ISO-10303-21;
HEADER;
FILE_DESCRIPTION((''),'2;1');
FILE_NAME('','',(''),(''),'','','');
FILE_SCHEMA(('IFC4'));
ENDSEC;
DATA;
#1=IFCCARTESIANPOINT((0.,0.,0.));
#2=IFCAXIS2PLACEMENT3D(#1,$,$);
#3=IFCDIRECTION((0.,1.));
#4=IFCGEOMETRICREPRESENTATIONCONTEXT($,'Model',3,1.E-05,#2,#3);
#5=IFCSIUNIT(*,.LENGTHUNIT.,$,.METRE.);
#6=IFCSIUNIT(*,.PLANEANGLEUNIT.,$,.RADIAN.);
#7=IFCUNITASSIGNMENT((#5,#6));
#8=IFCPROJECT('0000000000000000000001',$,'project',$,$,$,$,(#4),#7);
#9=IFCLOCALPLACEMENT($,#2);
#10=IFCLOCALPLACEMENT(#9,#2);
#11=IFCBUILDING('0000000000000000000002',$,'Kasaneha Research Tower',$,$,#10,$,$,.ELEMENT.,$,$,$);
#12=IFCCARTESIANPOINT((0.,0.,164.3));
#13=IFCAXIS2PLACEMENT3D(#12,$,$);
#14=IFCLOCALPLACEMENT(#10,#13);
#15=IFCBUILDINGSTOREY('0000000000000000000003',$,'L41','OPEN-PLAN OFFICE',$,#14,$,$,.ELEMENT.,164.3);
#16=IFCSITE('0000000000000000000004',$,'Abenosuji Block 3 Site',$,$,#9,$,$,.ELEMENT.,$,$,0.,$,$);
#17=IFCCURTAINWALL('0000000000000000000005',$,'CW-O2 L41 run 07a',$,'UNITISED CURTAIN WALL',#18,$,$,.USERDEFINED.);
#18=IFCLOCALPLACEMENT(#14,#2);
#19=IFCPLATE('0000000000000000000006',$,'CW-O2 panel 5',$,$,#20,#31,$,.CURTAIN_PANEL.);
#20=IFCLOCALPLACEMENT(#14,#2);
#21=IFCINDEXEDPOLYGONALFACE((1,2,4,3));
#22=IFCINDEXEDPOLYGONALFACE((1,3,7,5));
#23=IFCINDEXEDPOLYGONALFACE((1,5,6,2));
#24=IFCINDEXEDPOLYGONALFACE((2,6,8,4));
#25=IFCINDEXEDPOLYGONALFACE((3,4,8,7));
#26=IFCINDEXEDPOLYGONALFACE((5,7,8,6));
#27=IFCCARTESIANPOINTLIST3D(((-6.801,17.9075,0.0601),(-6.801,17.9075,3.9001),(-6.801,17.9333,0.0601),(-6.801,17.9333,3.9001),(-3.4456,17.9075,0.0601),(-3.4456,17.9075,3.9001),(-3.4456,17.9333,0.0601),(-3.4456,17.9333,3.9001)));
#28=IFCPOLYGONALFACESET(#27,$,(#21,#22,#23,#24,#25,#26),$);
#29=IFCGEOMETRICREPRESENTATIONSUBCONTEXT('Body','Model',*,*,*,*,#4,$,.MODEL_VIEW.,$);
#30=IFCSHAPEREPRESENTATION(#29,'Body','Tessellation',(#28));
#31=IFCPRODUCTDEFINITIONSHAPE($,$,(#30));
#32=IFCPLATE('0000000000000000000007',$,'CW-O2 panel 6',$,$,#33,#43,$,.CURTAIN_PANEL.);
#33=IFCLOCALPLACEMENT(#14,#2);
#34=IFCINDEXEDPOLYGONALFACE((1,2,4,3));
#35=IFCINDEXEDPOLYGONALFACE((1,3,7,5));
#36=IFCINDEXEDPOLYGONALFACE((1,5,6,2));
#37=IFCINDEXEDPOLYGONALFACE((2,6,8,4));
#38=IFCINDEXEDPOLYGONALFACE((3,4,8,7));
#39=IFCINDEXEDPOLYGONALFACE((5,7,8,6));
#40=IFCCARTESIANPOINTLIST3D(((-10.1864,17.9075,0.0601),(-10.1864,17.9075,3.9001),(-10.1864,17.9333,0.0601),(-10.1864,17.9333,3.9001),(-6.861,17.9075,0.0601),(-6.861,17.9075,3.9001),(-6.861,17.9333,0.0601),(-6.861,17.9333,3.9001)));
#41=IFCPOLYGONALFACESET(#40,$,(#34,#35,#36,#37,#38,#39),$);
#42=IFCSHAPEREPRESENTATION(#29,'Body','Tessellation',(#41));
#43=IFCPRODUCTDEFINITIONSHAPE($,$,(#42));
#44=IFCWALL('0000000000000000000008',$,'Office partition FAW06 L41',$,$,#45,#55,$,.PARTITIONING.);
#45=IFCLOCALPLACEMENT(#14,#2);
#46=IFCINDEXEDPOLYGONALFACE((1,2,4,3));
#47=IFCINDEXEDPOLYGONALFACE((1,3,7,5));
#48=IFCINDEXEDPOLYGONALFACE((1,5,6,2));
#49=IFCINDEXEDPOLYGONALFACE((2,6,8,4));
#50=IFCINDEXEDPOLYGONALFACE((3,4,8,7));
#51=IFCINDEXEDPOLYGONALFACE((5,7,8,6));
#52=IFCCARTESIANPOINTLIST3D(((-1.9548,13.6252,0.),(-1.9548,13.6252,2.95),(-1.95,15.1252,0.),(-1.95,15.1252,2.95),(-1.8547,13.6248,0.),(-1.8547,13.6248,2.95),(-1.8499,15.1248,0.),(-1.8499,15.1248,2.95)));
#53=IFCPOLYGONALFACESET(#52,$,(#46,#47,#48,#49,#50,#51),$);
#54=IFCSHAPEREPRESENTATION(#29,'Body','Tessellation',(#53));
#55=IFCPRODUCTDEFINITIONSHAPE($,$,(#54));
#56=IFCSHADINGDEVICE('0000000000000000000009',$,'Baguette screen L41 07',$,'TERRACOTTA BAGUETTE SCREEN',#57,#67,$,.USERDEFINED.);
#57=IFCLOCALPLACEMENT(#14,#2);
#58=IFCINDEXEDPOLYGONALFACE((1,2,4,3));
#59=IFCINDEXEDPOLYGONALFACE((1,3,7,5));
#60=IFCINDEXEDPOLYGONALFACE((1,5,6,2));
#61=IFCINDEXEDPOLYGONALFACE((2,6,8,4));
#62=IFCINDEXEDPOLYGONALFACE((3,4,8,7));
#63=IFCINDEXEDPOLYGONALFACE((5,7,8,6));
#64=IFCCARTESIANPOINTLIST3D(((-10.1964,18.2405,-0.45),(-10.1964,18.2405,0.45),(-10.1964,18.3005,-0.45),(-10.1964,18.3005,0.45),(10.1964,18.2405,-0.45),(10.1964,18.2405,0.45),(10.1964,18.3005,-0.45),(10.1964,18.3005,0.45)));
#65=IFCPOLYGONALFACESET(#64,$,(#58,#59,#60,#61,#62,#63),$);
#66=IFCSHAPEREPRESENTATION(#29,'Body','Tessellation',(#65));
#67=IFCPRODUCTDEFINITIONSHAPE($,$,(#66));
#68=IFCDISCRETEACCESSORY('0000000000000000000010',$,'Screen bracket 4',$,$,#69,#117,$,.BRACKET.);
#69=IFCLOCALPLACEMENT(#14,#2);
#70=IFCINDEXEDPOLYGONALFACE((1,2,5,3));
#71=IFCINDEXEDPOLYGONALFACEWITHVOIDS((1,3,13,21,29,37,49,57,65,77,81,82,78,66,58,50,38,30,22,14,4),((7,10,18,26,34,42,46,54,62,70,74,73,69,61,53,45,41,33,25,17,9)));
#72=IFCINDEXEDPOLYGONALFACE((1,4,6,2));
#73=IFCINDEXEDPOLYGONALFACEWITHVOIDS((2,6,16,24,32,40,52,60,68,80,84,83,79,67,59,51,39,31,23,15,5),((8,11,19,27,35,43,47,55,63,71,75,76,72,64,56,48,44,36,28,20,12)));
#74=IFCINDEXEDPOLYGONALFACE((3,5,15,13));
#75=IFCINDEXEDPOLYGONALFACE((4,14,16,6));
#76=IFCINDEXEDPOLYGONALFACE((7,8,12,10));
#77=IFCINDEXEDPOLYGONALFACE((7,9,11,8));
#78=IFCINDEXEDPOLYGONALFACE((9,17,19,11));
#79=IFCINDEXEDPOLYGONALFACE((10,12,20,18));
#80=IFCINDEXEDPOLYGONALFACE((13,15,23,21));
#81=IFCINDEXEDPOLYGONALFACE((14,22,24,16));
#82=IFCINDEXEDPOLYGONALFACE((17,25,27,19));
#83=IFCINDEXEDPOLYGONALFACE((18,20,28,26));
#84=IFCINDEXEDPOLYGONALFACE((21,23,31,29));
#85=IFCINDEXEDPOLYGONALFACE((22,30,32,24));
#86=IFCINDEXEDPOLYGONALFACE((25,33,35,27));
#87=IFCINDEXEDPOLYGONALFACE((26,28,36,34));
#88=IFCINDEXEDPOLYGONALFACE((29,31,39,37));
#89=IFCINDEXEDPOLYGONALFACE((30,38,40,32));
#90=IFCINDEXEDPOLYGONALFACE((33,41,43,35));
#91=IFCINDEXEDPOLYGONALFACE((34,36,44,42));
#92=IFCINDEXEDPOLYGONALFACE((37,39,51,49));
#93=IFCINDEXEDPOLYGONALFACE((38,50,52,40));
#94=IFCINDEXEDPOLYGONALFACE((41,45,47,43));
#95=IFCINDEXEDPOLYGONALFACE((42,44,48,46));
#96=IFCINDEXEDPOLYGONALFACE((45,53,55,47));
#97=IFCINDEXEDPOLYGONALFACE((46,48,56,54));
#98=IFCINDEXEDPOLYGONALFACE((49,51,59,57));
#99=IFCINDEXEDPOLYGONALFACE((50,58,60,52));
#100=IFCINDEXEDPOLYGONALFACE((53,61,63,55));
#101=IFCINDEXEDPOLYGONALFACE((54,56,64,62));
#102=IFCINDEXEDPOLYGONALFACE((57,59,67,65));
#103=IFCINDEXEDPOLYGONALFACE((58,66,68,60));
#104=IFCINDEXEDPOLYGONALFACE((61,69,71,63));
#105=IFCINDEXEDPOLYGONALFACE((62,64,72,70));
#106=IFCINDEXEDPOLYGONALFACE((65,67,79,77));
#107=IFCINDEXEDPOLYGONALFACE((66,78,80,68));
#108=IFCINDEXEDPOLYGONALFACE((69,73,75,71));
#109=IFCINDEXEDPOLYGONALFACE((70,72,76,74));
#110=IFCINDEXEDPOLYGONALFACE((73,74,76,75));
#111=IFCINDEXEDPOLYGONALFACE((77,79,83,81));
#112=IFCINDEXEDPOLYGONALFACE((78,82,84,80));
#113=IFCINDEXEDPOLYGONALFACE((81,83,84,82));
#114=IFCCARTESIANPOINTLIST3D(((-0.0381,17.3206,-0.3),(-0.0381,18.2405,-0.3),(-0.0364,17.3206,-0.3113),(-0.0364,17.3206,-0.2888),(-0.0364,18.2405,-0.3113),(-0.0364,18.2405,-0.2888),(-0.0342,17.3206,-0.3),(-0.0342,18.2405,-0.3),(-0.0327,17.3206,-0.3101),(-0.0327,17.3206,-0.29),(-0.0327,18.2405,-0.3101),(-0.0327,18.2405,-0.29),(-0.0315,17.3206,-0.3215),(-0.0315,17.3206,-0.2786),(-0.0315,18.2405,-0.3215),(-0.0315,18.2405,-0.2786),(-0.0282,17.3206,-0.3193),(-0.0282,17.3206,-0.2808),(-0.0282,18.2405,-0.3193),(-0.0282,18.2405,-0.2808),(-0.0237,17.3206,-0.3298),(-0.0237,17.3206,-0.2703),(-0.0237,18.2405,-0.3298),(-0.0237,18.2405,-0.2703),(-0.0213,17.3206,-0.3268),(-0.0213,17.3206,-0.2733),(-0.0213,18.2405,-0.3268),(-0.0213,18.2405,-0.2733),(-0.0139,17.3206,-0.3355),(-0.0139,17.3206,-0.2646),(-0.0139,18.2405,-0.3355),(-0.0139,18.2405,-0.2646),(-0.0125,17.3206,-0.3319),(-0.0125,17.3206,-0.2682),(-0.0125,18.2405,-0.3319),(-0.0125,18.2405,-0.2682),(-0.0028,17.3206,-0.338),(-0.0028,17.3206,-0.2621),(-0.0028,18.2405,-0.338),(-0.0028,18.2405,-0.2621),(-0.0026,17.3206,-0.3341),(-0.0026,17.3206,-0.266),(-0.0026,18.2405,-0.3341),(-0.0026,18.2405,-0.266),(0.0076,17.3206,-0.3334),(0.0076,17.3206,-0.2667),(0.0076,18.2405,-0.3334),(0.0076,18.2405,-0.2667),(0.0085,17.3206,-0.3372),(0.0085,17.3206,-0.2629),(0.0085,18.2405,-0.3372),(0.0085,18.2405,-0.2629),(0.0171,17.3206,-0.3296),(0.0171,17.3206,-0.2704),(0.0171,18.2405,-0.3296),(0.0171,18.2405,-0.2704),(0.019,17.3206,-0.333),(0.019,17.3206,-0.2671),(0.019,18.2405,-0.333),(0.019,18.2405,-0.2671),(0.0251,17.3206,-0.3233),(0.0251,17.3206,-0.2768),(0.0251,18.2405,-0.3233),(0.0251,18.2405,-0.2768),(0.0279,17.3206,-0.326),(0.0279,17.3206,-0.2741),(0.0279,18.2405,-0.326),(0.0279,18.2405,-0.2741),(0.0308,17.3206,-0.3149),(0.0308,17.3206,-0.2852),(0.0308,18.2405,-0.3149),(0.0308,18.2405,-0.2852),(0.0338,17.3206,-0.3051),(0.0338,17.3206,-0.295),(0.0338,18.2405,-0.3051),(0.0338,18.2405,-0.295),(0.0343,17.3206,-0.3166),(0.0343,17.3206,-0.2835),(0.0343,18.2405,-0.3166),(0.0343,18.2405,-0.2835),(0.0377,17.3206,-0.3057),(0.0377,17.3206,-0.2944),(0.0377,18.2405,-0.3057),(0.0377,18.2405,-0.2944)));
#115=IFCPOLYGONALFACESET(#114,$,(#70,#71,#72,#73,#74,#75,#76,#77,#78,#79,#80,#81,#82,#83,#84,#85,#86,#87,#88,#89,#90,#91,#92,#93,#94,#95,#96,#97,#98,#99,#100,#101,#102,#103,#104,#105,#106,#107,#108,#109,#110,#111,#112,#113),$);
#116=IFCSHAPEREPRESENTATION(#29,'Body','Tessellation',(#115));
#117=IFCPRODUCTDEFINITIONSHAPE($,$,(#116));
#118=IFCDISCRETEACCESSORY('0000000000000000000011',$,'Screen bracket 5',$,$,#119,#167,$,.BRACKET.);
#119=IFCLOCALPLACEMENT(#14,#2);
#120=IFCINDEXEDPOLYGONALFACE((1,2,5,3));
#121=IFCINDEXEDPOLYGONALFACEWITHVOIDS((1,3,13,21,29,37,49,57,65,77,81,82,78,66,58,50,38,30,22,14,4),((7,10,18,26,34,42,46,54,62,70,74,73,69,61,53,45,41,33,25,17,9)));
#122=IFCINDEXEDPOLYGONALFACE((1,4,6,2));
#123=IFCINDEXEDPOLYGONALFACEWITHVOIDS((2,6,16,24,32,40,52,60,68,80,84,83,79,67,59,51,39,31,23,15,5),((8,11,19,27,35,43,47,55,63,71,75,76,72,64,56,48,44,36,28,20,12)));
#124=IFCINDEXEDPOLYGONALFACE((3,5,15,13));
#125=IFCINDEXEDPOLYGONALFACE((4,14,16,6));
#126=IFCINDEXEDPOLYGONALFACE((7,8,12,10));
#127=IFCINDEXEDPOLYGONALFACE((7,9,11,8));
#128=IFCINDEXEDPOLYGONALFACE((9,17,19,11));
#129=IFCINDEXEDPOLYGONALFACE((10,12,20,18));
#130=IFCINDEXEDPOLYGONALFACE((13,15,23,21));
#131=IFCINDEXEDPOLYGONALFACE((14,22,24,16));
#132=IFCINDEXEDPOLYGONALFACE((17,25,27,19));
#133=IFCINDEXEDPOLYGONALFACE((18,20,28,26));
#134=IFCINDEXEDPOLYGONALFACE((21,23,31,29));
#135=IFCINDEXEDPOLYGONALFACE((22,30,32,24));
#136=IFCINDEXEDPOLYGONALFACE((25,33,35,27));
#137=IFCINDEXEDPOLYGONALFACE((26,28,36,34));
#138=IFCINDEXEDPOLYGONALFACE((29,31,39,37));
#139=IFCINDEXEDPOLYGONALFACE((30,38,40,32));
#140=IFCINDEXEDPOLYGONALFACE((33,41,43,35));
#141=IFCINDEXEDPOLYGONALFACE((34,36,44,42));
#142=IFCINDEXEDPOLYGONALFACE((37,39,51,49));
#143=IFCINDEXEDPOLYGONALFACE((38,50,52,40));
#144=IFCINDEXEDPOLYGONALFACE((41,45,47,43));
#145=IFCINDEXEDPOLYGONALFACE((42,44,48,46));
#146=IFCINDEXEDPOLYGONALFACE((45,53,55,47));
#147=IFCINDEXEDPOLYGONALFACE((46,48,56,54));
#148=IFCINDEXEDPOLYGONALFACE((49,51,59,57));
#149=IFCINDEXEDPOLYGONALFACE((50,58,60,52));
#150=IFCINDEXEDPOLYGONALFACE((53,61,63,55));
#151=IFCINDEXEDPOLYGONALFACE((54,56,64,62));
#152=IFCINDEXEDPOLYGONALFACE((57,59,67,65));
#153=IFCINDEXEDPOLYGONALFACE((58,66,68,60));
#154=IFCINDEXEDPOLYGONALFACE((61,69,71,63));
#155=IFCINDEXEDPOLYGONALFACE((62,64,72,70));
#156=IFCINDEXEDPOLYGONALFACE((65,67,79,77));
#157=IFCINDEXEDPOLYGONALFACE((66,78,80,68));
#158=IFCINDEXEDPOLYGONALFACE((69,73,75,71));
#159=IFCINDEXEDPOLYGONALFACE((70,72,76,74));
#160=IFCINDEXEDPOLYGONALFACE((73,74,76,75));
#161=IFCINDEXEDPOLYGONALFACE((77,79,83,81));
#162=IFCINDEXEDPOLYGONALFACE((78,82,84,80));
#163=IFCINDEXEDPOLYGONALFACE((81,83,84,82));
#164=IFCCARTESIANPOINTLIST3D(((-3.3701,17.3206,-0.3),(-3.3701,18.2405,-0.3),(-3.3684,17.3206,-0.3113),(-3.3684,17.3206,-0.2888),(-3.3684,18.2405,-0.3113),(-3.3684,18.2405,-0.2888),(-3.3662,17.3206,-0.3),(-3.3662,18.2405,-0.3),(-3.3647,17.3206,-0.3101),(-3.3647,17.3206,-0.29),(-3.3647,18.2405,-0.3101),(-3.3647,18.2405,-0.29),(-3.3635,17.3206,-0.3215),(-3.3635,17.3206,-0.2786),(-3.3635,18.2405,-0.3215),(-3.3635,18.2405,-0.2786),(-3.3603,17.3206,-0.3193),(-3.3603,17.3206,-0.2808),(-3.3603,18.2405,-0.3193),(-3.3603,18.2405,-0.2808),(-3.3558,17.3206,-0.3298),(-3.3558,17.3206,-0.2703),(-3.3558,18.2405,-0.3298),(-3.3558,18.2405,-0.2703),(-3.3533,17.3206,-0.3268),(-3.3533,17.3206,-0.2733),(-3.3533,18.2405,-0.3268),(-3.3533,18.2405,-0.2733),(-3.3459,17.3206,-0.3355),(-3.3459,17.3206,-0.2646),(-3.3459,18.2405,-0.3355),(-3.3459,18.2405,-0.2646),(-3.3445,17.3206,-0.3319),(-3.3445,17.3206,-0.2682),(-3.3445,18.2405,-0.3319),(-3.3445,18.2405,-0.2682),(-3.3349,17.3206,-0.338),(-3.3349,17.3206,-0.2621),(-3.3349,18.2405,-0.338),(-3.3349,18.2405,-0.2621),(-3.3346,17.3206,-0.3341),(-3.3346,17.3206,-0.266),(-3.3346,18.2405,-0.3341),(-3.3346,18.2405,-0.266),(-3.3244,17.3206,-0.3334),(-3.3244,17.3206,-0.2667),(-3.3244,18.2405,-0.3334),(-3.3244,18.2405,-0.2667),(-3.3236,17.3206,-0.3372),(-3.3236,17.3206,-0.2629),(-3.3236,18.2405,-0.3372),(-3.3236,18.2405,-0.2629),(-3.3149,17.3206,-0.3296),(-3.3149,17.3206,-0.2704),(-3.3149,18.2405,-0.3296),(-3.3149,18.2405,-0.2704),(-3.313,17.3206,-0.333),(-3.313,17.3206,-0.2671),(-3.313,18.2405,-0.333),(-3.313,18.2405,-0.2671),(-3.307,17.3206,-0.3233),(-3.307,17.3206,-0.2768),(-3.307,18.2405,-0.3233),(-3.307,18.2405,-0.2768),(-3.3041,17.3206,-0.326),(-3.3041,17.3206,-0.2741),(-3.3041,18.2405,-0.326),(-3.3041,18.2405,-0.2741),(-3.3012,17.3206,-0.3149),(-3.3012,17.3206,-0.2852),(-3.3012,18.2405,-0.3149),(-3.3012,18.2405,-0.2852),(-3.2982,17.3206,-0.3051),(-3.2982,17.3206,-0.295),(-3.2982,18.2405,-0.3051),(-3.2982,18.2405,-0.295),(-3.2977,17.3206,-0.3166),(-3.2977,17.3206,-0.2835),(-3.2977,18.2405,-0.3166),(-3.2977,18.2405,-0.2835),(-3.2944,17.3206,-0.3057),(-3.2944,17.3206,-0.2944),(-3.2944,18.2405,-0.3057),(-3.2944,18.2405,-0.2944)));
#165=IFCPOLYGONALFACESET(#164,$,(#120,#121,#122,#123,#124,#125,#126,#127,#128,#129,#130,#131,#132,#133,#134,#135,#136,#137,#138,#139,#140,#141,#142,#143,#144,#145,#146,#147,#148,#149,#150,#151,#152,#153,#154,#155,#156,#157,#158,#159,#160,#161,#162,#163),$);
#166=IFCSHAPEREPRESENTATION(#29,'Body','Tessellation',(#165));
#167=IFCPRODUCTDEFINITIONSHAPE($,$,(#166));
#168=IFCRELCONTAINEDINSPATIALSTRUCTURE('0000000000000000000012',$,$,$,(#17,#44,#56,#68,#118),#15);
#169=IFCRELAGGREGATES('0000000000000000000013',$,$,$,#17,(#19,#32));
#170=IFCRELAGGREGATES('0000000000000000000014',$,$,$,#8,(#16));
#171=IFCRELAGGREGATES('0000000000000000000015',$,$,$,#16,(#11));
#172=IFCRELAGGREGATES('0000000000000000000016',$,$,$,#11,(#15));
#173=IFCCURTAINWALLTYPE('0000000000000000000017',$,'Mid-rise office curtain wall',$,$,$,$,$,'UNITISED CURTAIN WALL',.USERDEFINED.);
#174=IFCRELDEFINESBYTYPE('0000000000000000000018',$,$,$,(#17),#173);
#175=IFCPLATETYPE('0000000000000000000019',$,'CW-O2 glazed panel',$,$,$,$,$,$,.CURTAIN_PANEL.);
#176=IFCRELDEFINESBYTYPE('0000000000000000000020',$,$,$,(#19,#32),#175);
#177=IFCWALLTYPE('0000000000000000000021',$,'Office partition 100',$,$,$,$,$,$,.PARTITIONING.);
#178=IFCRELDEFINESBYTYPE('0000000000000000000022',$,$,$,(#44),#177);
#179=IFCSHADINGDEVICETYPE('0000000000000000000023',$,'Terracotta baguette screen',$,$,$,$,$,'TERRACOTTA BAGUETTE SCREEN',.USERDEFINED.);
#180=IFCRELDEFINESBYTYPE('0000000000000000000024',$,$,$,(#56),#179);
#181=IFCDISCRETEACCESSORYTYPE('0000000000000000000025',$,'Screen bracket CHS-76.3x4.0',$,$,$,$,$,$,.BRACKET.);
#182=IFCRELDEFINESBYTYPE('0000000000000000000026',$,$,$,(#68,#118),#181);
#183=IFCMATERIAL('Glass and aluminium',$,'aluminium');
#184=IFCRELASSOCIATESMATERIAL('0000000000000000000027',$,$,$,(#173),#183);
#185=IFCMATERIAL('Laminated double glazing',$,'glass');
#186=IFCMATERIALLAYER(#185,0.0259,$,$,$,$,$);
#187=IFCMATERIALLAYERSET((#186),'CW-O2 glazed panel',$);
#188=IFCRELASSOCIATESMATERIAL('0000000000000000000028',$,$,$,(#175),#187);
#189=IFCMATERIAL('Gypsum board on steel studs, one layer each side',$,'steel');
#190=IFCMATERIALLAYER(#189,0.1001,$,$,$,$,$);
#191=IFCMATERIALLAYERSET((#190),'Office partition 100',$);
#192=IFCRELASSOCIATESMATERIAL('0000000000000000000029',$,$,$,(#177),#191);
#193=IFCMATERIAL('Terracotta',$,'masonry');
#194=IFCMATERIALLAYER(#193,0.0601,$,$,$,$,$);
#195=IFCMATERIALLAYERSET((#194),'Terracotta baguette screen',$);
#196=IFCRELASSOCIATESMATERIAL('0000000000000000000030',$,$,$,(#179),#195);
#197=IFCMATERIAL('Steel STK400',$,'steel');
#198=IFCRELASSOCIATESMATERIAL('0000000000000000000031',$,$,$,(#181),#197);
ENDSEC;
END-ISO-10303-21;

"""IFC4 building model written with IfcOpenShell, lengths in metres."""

from ifc_helpers import new_model, si_unit, direction, frame, frame_2d, origin, origin_2d, place, context, subcontext, project, spatial, rectangle, hollow_circle, extrude, material, layer, layer_set, material_profile, profile_set, type_object, element, aggregate, save


model = new_model("IFC4")

# Units and contexts
model_context = context("Model", 3, precision=1e-05, world=origin(), true_north=direction((0.0, 1.0)))
body_context = subcontext(model_context, "Body", "Model", "MODEL_VIEW")
ifc_project = project(units=[si_unit("LENGTHUNIT", "METRE"), si_unit("PLANEANGLEUNIT", "RADIAN")], contexts=[model_context])

# Site, building, storey
site_placement = place(None, origin())
site = spatial("IfcSite", under=ifc_project, at=site_placement, Name="Abenosuji Block 3 Site", CompositionType="ELEMENT", RefElevation=0.0)
building_placement = place(site_placement, origin())
building = spatial("IfcBuilding", under=site, at=building_placement, Name="Kasaneha Research Tower", CompositionType="ELEMENT")
storey_placement = place(building_placement, frame((0.0, 0.0, 164.3)))
storey = spatial("IfcBuildingStorey", under=building, at=storey_placement, Name="L41", Description="OPEN-PLAN OFFICE", CompositionType="ELEMENT", Elevation=164.3)

# Curtain wall, plates
ifc_material_1 = material(Name="Glass and aluminium", Category="aluminium")
curtain_wall_type = type_object("IfcCurtainWallType", Name="Mid-rise office curtain wall", ElementType="UNITISED CURTAIN WALL", PredefinedType="USERDEFINED", material=ifc_material_1)
curtain_wall_placement = place(storey_placement, origin())
curtain_wall = element("IfcCurtainWall", 1, at=curtain_wall_placement, inside=storey, type_object=curtain_wall_type, Name="CW-O2 L41 run 07a", ObjectType="UNITISED CURTAIN WALL", PredefinedType="USERDEFINED")
ifc_material_2 = material(Name="Laminated double glazing", Category="glass")
ifc_layer_1 = layer(ifc_material_2, 0.0259)
ifc_layer_set_1 = layer_set([ifc_layer_1], Name="CW-O2 glazed panel")
plate_type = type_object("IfcPlateType", Name="CW-O2 glazed panel", PredefinedType="CURTAIN_PANEL", material=ifc_layer_set_1)
plate_1_placement = place(storey_placement, frame((-5.1233, 17.9204, 0.0601), z_axis=(0.0, 0.0, 1.0), x_axis=(-1.0, 0.0, 0.0)))
plate_1 = element("IfcPlate", 2, at=plate_1_placement, type_object=plate_type, Name="CW-O2 panel 5", PredefinedType="CURTAIN_PANEL", context=body_context, shape_type="SweptSolid", body=[
    extrude(rectangle(XDim=3.3555, YDim=0.0259, at=origin_2d()), origin(), (0.0, 0.0, 1.0), 3.8401),
])
plate_2_placement = place(storey_placement, frame((-8.5237, 17.9204, 0.0601), z_axis=(0.0, 0.0, 1.0), x_axis=(-1.0, 0.0, 0.0)))
plate_2 = element("IfcPlate", 3, at=plate_2_placement, type_object=plate_type, Name="CW-O2 panel 6", PredefinedType="CURTAIN_PANEL", context=body_context, shape_type="SweptSolid", body=[
    extrude(rectangle(XDim=3.3254, YDim=0.0259, at=origin_2d()), origin(), (0.0, 0.0, 1.0), 3.8401),
])
aggregate(curtain_wall, [plate_1, plate_2])

# Wall
ifc_material_3 = material(Name="Gypsum board on steel studs, one layer each side", Category="steel")
ifc_layer_2 = layer(ifc_material_3, 0.1001)
ifc_layer_set_2 = layer_set([ifc_layer_2], Name="Office partition 100")
wall_type = type_object("IfcWallType", Name="Office partition 100", PredefinedType="PARTITIONING", material=ifc_layer_set_2)
wall_placement = place(storey_placement, frame((-1.8999, 15.125, 0.0), z_axis=(0.0, 0.0, 1.0), x_axis=(-0.003255, -0.999995, 0.0)))
element("IfcWall", 4, at=wall_placement, inside=storey, type_object=wall_type, Name="Office partition FAW06 L41", PredefinedType="PARTITIONING", context=body_context, shape_type="SweptSolid", body=[
    extrude(rectangle(XDim=1.5, YDim=0.1001, at=frame_2d((0.75, 0.0))), origin(), (0.0, 0.0, 1.0), 2.95),
])

# Shading device
ifc_material_4 = material(Name="Terracotta", Category="masonry")
ifc_layer_3 = layer(ifc_material_4, 0.0601)
ifc_layer_set_3 = layer_set([ifc_layer_3], Name="Terracotta baguette screen")
shading_device_type = type_object("IfcShadingDeviceType", Name="Terracotta baguette screen", ElementType="TERRACOTTA BAGUETTE SCREEN", PredefinedType="USERDEFINED", material=ifc_layer_set_3)
shading_device_placement = place(storey_placement, frame((0.0, 18.2705, -0.45), z_axis=(0.0, 0.0, 1.0), x_axis=(-1.0, 0.0, 0.0)))
element("IfcShadingDevice", 5, at=shading_device_placement, inside=storey, type_object=shading_device_type, Name="Baguette screen L41 07", ObjectType="TERRACOTTA BAGUETTE SCREEN", PredefinedType="USERDEFINED", context=body_context, shape_type="SweptSolid", body=[
    extrude(rectangle(XDim=20.3928, YDim=0.0601, at=origin_2d()), origin(), (0.0, 0.0, 1.0), 0.8999),
])

# Discrete accessories
ifc_material_5 = material(Name="Steel STK400", Category="steel")
ifc_material_profile_1 = material_profile(ifc_material_5, hollow_circle(Radius=0.0381, WallThickness=0.0039, at=origin_2d()), Name="CHS-76.3x4.0")
ifc_profile_set_1 = profile_set([ifc_material_profile_1], Name="Steel STK400")
discrete_accessory_type = type_object("IfcDiscreteAccessoryType", Name="Screen bracket CHS-76.3x4.0", PredefinedType="BRACKET", material=ifc_profile_set_1)
for number, where, z_axis, x_axis, name in (
    (6, (0.0, 17.3206, -0.3), (0.0, 1.0, 0.0), (-1.0, 0.0, 0.0), "Screen bracket 4"),
    (7, (-3.332, 17.3206, -0.3), (0.0, 1.0, 0.0), (-1.0, 0.0, 0.0), "Screen bracket 5"),
):
    element("IfcDiscreteAccessory", number, at=place(storey_placement, frame(where, z_axis=z_axis, x_axis=x_axis)), inside=storey, type_object=discrete_accessory_type, Name=name, PredefinedType="BRACKET", context=body_context, shape_type="SweptSolid", body=[
        extrude(hollow_circle(Radius=0.0381, WallThickness=0.0039, at=origin_2d()), origin(), (0.0, 0.0, 1.0), 0.9199),
    ])

save(model, "model.ifc")
